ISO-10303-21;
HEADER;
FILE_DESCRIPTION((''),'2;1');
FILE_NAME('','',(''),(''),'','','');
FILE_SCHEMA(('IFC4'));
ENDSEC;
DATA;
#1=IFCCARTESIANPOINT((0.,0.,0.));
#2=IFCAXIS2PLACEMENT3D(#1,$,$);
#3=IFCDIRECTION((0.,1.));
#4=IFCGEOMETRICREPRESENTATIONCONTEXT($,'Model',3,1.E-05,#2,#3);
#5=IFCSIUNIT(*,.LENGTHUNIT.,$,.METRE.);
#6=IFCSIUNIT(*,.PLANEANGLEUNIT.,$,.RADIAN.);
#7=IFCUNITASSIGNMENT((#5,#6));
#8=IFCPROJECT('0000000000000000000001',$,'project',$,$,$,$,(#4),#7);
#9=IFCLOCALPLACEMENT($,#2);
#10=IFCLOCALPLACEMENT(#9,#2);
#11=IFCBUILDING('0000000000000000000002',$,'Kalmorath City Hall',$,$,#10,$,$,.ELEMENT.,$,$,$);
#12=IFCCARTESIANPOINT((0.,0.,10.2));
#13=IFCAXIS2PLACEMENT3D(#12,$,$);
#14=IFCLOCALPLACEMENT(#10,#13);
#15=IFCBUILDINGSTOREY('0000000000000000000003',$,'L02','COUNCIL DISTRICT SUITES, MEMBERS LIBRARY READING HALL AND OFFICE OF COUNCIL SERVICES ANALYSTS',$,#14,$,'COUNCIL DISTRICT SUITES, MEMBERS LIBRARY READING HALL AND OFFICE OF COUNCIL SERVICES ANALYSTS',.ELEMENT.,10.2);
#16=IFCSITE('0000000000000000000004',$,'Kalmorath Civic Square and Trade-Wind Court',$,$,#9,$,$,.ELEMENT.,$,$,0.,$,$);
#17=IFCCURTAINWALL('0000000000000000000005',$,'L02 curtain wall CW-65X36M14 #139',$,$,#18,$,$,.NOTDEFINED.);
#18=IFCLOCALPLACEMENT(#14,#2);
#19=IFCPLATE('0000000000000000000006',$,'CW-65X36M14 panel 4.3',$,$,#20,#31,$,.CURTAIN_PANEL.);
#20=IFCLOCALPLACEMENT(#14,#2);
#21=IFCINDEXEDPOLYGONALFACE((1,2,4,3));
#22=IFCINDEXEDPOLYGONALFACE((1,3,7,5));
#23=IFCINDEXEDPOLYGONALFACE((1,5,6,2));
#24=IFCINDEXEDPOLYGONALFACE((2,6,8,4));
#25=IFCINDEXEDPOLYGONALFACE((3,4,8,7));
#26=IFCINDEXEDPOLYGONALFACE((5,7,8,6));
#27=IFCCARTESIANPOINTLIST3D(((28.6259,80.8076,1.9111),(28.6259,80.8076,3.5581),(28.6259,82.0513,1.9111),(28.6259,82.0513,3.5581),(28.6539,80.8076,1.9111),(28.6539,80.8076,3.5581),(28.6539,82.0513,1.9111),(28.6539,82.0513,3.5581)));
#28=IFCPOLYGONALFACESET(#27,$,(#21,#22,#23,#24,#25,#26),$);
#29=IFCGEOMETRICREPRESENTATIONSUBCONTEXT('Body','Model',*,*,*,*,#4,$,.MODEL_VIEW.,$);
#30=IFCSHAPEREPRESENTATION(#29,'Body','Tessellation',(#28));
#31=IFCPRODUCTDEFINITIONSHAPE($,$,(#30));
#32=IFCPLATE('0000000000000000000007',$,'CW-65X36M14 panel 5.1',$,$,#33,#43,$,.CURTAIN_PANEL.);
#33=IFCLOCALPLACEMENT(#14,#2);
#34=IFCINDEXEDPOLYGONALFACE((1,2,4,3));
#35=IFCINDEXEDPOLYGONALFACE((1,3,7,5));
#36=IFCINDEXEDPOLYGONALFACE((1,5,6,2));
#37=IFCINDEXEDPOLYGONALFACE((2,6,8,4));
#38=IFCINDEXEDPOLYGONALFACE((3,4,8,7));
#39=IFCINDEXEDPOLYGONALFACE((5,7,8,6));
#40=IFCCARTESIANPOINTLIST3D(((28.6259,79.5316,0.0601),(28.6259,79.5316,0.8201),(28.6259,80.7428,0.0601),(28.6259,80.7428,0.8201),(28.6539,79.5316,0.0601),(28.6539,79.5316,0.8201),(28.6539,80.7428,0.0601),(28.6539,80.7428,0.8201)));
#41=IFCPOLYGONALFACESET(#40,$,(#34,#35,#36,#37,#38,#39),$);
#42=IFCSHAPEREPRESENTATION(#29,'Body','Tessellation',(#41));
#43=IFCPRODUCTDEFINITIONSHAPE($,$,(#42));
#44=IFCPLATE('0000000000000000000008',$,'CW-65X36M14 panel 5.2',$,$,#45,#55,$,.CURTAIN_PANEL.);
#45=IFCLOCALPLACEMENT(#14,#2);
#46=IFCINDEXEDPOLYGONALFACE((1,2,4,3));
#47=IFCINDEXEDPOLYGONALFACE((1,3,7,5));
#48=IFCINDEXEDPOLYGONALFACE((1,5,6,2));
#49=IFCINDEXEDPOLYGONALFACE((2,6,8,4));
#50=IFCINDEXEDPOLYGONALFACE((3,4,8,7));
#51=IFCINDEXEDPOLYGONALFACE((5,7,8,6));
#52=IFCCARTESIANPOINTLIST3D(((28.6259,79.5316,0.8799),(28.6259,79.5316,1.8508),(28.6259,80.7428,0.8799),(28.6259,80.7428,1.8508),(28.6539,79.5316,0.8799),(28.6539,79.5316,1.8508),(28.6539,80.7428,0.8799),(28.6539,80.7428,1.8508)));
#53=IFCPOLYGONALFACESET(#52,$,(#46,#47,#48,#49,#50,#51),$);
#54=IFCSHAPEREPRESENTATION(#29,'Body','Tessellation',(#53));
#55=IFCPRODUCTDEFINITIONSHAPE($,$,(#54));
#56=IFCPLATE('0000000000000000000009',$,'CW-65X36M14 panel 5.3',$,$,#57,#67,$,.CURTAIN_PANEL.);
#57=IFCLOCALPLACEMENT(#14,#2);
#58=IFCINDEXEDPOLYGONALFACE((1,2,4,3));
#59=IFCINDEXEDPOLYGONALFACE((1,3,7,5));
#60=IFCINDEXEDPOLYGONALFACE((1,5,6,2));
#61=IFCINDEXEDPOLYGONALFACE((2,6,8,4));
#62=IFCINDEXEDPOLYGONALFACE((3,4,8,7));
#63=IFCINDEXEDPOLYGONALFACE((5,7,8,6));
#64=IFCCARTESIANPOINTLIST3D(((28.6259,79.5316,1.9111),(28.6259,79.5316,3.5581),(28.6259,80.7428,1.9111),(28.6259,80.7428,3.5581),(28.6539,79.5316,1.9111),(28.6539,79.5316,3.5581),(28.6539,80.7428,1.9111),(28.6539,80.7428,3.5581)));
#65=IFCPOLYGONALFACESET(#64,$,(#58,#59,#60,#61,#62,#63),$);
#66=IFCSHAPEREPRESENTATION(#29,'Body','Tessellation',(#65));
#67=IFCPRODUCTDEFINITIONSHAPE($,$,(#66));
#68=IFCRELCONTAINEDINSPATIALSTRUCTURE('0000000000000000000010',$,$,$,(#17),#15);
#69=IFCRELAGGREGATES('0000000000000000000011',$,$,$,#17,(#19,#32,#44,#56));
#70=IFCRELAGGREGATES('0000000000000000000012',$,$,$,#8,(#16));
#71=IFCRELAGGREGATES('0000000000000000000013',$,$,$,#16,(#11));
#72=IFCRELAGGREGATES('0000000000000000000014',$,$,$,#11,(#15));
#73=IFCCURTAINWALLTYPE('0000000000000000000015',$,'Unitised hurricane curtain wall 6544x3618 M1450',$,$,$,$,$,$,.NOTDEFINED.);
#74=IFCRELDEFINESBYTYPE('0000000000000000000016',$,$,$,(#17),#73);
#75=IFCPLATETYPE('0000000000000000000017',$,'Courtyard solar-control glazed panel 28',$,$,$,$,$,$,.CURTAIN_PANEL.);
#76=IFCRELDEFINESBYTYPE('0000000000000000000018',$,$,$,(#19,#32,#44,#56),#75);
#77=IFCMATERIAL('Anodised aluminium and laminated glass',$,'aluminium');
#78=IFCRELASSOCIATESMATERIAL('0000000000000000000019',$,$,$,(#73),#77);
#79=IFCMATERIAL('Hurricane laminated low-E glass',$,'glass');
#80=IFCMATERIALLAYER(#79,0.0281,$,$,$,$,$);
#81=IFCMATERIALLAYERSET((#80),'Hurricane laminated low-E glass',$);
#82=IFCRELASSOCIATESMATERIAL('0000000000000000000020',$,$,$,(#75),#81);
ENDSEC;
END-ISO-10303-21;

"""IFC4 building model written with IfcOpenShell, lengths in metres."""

from ifc_helpers import new_model, si_unit, direction, frame, origin, origin_2d, place, context, subcontext, project, spatial, rectangle, extrude, material, layer, layer_set, type_object, element, aggregate, save


model = new_model("IFC4")

# Units and contexts
model_context = context("Model", 3, precision=1e-05, world=origin(), true_north=direction((0.0, 1.0)))
body_context = subcontext(model_context, "Body", "Model", "MODEL_VIEW")
ifc_project = project(units=[si_unit("LENGTHUNIT", "METRE"), si_unit("PLANEANGLEUNIT", "RADIAN")], contexts=[model_context])

# Site, building, storey
site_placement = place(None, origin())
site = spatial("IfcSite", under=ifc_project, at=site_placement, Name="Kalmorath Civic Square and Trade-Wind Court", CompositionType="ELEMENT", RefElevation=0.0)
building_placement = place(site_placement, origin())
building = spatial("IfcBuilding", under=site, at=building_placement, Name="Kalmorath City Hall", CompositionType="ELEMENT")
storey_placement = place(building_placement, frame((0.0, 0.0, 10.2)))
storey = spatial("IfcBuildingStorey", under=building, at=storey_placement, Name="L02", Description="COUNCIL DISTRICT SUITES, MEMBERS LIBRARY READING HALL AND OFFICE OF COUNCIL SERVICES ANALYSTS", LongName="COUNCIL DISTRICT SUITES, MEMBERS LIBRARY READING HALL AND OFFICE OF COUNCIL SERVICES ANALYSTS", CompositionType="ELEMENT", Elevation=10.2)

# Curtain wall
ifc_material_1 = material(Name="Anodised aluminium and laminated glass", Category="aluminium")
curtain_wall_type = type_object("IfcCurtainWallType", Name="Unitised hurricane curtain wall 6544x3618 M1450", PredefinedType="NOTDEFINED", material=ifc_material_1)
curtain_wall_placement = place(storey_placement, origin())
curtain_wall = element("IfcCurtainWall", 1, at=curtain_wall_placement, inside=storey, type_object=curtain_wall_type, Name="L02 curtain wall CW-65X36M14 #139", PredefinedType="NOTDEFINED")

# Plates
ifc_material_2 = material(Name="Hurricane laminated low-E glass", Category="glass")
ifc_layer = layer(ifc_material_2, 0.0281)
ifc_layer_set = layer_set([ifc_layer], Name="Hurricane laminated low-E glass")
plate_type = type_object("IfcPlateType", Name="Courtyard solar-control glazed panel 28", PredefinedType="CURTAIN_PANEL", material=ifc_layer_set)
plate_1_placement = place(storey_placement, frame((28.6399, 81.4294, 1.9111), z_axis=(0.0, 0.0, 1.0), x_axis=(0.0, -1.0, 0.0)))
plate_1 = element("IfcPlate", 2, at=plate_1_placement, type_object=plate_type, Name="CW-65X36M14 panel 4.3", PredefinedType="CURTAIN_PANEL", context=body_context, shape_type="SweptSolid", body=[
    extrude(rectangle(XDim=1.2437, YDim=0.0281, at=origin_2d()), origin(), (0.0, 0.0, 1.0), 1.647),
])
plate_2_placement = place(storey_placement, frame((28.6399, 80.1372, 0.0601), z_axis=(0.0, 0.0, 1.0), x_axis=(0.0, -1.0, 0.0)))
plate_2 = element("IfcPlate", 3, at=plate_2_placement, type_object=plate_type, Name="CW-65X36M14 panel 5.1", PredefinedType="CURTAIN_PANEL", context=body_context, shape_type="SweptSolid", body=[
    extrude(rectangle(XDim=1.2112, YDim=0.0281, at=origin_2d()), origin(), (0.0, 0.0, 1.0), 0.76),
])
plate_3_placement = place(storey_placement, frame((28.6399, 80.1372, 0.8799), z_axis=(0.0, 0.0, 1.0), x_axis=(0.0, -1.0, 0.0)))
plate_3 = element("IfcPlate", 4, at=plate_3_placement, type_object=plate_type, Name="CW-65X36M14 panel 5.2", PredefinedType="CURTAIN_PANEL", context=body_context, shape_type="SweptSolid", body=[
    extrude(rectangle(XDim=1.2112, YDim=0.0281, at=origin_2d()), origin(), (0.0, 0.0, 1.0), 0.9709),
])
plate_4_placement = place(storey_placement, frame((28.6399, 80.1372, 1.9111), z_axis=(0.0, 0.0, 1.0), x_axis=(0.0, -1.0, 0.0)))
plate_4 = element("IfcPlate", 5, at=plate_4_placement, type_object=plate_type, Name="CW-65X36M14 panel 5.3", PredefinedType="CURTAIN_PANEL", context=body_context, shape_type="SweptSolid", body=[
    extrude(rectangle(XDim=1.2112, YDim=0.0281, at=origin_2d()), origin(), (0.0, 0.0, 1.0), 1.647),
])
aggregate(curtain_wall, [plate_1, plate_2, plate_3, plate_4])

save(model, "model.ifc")
